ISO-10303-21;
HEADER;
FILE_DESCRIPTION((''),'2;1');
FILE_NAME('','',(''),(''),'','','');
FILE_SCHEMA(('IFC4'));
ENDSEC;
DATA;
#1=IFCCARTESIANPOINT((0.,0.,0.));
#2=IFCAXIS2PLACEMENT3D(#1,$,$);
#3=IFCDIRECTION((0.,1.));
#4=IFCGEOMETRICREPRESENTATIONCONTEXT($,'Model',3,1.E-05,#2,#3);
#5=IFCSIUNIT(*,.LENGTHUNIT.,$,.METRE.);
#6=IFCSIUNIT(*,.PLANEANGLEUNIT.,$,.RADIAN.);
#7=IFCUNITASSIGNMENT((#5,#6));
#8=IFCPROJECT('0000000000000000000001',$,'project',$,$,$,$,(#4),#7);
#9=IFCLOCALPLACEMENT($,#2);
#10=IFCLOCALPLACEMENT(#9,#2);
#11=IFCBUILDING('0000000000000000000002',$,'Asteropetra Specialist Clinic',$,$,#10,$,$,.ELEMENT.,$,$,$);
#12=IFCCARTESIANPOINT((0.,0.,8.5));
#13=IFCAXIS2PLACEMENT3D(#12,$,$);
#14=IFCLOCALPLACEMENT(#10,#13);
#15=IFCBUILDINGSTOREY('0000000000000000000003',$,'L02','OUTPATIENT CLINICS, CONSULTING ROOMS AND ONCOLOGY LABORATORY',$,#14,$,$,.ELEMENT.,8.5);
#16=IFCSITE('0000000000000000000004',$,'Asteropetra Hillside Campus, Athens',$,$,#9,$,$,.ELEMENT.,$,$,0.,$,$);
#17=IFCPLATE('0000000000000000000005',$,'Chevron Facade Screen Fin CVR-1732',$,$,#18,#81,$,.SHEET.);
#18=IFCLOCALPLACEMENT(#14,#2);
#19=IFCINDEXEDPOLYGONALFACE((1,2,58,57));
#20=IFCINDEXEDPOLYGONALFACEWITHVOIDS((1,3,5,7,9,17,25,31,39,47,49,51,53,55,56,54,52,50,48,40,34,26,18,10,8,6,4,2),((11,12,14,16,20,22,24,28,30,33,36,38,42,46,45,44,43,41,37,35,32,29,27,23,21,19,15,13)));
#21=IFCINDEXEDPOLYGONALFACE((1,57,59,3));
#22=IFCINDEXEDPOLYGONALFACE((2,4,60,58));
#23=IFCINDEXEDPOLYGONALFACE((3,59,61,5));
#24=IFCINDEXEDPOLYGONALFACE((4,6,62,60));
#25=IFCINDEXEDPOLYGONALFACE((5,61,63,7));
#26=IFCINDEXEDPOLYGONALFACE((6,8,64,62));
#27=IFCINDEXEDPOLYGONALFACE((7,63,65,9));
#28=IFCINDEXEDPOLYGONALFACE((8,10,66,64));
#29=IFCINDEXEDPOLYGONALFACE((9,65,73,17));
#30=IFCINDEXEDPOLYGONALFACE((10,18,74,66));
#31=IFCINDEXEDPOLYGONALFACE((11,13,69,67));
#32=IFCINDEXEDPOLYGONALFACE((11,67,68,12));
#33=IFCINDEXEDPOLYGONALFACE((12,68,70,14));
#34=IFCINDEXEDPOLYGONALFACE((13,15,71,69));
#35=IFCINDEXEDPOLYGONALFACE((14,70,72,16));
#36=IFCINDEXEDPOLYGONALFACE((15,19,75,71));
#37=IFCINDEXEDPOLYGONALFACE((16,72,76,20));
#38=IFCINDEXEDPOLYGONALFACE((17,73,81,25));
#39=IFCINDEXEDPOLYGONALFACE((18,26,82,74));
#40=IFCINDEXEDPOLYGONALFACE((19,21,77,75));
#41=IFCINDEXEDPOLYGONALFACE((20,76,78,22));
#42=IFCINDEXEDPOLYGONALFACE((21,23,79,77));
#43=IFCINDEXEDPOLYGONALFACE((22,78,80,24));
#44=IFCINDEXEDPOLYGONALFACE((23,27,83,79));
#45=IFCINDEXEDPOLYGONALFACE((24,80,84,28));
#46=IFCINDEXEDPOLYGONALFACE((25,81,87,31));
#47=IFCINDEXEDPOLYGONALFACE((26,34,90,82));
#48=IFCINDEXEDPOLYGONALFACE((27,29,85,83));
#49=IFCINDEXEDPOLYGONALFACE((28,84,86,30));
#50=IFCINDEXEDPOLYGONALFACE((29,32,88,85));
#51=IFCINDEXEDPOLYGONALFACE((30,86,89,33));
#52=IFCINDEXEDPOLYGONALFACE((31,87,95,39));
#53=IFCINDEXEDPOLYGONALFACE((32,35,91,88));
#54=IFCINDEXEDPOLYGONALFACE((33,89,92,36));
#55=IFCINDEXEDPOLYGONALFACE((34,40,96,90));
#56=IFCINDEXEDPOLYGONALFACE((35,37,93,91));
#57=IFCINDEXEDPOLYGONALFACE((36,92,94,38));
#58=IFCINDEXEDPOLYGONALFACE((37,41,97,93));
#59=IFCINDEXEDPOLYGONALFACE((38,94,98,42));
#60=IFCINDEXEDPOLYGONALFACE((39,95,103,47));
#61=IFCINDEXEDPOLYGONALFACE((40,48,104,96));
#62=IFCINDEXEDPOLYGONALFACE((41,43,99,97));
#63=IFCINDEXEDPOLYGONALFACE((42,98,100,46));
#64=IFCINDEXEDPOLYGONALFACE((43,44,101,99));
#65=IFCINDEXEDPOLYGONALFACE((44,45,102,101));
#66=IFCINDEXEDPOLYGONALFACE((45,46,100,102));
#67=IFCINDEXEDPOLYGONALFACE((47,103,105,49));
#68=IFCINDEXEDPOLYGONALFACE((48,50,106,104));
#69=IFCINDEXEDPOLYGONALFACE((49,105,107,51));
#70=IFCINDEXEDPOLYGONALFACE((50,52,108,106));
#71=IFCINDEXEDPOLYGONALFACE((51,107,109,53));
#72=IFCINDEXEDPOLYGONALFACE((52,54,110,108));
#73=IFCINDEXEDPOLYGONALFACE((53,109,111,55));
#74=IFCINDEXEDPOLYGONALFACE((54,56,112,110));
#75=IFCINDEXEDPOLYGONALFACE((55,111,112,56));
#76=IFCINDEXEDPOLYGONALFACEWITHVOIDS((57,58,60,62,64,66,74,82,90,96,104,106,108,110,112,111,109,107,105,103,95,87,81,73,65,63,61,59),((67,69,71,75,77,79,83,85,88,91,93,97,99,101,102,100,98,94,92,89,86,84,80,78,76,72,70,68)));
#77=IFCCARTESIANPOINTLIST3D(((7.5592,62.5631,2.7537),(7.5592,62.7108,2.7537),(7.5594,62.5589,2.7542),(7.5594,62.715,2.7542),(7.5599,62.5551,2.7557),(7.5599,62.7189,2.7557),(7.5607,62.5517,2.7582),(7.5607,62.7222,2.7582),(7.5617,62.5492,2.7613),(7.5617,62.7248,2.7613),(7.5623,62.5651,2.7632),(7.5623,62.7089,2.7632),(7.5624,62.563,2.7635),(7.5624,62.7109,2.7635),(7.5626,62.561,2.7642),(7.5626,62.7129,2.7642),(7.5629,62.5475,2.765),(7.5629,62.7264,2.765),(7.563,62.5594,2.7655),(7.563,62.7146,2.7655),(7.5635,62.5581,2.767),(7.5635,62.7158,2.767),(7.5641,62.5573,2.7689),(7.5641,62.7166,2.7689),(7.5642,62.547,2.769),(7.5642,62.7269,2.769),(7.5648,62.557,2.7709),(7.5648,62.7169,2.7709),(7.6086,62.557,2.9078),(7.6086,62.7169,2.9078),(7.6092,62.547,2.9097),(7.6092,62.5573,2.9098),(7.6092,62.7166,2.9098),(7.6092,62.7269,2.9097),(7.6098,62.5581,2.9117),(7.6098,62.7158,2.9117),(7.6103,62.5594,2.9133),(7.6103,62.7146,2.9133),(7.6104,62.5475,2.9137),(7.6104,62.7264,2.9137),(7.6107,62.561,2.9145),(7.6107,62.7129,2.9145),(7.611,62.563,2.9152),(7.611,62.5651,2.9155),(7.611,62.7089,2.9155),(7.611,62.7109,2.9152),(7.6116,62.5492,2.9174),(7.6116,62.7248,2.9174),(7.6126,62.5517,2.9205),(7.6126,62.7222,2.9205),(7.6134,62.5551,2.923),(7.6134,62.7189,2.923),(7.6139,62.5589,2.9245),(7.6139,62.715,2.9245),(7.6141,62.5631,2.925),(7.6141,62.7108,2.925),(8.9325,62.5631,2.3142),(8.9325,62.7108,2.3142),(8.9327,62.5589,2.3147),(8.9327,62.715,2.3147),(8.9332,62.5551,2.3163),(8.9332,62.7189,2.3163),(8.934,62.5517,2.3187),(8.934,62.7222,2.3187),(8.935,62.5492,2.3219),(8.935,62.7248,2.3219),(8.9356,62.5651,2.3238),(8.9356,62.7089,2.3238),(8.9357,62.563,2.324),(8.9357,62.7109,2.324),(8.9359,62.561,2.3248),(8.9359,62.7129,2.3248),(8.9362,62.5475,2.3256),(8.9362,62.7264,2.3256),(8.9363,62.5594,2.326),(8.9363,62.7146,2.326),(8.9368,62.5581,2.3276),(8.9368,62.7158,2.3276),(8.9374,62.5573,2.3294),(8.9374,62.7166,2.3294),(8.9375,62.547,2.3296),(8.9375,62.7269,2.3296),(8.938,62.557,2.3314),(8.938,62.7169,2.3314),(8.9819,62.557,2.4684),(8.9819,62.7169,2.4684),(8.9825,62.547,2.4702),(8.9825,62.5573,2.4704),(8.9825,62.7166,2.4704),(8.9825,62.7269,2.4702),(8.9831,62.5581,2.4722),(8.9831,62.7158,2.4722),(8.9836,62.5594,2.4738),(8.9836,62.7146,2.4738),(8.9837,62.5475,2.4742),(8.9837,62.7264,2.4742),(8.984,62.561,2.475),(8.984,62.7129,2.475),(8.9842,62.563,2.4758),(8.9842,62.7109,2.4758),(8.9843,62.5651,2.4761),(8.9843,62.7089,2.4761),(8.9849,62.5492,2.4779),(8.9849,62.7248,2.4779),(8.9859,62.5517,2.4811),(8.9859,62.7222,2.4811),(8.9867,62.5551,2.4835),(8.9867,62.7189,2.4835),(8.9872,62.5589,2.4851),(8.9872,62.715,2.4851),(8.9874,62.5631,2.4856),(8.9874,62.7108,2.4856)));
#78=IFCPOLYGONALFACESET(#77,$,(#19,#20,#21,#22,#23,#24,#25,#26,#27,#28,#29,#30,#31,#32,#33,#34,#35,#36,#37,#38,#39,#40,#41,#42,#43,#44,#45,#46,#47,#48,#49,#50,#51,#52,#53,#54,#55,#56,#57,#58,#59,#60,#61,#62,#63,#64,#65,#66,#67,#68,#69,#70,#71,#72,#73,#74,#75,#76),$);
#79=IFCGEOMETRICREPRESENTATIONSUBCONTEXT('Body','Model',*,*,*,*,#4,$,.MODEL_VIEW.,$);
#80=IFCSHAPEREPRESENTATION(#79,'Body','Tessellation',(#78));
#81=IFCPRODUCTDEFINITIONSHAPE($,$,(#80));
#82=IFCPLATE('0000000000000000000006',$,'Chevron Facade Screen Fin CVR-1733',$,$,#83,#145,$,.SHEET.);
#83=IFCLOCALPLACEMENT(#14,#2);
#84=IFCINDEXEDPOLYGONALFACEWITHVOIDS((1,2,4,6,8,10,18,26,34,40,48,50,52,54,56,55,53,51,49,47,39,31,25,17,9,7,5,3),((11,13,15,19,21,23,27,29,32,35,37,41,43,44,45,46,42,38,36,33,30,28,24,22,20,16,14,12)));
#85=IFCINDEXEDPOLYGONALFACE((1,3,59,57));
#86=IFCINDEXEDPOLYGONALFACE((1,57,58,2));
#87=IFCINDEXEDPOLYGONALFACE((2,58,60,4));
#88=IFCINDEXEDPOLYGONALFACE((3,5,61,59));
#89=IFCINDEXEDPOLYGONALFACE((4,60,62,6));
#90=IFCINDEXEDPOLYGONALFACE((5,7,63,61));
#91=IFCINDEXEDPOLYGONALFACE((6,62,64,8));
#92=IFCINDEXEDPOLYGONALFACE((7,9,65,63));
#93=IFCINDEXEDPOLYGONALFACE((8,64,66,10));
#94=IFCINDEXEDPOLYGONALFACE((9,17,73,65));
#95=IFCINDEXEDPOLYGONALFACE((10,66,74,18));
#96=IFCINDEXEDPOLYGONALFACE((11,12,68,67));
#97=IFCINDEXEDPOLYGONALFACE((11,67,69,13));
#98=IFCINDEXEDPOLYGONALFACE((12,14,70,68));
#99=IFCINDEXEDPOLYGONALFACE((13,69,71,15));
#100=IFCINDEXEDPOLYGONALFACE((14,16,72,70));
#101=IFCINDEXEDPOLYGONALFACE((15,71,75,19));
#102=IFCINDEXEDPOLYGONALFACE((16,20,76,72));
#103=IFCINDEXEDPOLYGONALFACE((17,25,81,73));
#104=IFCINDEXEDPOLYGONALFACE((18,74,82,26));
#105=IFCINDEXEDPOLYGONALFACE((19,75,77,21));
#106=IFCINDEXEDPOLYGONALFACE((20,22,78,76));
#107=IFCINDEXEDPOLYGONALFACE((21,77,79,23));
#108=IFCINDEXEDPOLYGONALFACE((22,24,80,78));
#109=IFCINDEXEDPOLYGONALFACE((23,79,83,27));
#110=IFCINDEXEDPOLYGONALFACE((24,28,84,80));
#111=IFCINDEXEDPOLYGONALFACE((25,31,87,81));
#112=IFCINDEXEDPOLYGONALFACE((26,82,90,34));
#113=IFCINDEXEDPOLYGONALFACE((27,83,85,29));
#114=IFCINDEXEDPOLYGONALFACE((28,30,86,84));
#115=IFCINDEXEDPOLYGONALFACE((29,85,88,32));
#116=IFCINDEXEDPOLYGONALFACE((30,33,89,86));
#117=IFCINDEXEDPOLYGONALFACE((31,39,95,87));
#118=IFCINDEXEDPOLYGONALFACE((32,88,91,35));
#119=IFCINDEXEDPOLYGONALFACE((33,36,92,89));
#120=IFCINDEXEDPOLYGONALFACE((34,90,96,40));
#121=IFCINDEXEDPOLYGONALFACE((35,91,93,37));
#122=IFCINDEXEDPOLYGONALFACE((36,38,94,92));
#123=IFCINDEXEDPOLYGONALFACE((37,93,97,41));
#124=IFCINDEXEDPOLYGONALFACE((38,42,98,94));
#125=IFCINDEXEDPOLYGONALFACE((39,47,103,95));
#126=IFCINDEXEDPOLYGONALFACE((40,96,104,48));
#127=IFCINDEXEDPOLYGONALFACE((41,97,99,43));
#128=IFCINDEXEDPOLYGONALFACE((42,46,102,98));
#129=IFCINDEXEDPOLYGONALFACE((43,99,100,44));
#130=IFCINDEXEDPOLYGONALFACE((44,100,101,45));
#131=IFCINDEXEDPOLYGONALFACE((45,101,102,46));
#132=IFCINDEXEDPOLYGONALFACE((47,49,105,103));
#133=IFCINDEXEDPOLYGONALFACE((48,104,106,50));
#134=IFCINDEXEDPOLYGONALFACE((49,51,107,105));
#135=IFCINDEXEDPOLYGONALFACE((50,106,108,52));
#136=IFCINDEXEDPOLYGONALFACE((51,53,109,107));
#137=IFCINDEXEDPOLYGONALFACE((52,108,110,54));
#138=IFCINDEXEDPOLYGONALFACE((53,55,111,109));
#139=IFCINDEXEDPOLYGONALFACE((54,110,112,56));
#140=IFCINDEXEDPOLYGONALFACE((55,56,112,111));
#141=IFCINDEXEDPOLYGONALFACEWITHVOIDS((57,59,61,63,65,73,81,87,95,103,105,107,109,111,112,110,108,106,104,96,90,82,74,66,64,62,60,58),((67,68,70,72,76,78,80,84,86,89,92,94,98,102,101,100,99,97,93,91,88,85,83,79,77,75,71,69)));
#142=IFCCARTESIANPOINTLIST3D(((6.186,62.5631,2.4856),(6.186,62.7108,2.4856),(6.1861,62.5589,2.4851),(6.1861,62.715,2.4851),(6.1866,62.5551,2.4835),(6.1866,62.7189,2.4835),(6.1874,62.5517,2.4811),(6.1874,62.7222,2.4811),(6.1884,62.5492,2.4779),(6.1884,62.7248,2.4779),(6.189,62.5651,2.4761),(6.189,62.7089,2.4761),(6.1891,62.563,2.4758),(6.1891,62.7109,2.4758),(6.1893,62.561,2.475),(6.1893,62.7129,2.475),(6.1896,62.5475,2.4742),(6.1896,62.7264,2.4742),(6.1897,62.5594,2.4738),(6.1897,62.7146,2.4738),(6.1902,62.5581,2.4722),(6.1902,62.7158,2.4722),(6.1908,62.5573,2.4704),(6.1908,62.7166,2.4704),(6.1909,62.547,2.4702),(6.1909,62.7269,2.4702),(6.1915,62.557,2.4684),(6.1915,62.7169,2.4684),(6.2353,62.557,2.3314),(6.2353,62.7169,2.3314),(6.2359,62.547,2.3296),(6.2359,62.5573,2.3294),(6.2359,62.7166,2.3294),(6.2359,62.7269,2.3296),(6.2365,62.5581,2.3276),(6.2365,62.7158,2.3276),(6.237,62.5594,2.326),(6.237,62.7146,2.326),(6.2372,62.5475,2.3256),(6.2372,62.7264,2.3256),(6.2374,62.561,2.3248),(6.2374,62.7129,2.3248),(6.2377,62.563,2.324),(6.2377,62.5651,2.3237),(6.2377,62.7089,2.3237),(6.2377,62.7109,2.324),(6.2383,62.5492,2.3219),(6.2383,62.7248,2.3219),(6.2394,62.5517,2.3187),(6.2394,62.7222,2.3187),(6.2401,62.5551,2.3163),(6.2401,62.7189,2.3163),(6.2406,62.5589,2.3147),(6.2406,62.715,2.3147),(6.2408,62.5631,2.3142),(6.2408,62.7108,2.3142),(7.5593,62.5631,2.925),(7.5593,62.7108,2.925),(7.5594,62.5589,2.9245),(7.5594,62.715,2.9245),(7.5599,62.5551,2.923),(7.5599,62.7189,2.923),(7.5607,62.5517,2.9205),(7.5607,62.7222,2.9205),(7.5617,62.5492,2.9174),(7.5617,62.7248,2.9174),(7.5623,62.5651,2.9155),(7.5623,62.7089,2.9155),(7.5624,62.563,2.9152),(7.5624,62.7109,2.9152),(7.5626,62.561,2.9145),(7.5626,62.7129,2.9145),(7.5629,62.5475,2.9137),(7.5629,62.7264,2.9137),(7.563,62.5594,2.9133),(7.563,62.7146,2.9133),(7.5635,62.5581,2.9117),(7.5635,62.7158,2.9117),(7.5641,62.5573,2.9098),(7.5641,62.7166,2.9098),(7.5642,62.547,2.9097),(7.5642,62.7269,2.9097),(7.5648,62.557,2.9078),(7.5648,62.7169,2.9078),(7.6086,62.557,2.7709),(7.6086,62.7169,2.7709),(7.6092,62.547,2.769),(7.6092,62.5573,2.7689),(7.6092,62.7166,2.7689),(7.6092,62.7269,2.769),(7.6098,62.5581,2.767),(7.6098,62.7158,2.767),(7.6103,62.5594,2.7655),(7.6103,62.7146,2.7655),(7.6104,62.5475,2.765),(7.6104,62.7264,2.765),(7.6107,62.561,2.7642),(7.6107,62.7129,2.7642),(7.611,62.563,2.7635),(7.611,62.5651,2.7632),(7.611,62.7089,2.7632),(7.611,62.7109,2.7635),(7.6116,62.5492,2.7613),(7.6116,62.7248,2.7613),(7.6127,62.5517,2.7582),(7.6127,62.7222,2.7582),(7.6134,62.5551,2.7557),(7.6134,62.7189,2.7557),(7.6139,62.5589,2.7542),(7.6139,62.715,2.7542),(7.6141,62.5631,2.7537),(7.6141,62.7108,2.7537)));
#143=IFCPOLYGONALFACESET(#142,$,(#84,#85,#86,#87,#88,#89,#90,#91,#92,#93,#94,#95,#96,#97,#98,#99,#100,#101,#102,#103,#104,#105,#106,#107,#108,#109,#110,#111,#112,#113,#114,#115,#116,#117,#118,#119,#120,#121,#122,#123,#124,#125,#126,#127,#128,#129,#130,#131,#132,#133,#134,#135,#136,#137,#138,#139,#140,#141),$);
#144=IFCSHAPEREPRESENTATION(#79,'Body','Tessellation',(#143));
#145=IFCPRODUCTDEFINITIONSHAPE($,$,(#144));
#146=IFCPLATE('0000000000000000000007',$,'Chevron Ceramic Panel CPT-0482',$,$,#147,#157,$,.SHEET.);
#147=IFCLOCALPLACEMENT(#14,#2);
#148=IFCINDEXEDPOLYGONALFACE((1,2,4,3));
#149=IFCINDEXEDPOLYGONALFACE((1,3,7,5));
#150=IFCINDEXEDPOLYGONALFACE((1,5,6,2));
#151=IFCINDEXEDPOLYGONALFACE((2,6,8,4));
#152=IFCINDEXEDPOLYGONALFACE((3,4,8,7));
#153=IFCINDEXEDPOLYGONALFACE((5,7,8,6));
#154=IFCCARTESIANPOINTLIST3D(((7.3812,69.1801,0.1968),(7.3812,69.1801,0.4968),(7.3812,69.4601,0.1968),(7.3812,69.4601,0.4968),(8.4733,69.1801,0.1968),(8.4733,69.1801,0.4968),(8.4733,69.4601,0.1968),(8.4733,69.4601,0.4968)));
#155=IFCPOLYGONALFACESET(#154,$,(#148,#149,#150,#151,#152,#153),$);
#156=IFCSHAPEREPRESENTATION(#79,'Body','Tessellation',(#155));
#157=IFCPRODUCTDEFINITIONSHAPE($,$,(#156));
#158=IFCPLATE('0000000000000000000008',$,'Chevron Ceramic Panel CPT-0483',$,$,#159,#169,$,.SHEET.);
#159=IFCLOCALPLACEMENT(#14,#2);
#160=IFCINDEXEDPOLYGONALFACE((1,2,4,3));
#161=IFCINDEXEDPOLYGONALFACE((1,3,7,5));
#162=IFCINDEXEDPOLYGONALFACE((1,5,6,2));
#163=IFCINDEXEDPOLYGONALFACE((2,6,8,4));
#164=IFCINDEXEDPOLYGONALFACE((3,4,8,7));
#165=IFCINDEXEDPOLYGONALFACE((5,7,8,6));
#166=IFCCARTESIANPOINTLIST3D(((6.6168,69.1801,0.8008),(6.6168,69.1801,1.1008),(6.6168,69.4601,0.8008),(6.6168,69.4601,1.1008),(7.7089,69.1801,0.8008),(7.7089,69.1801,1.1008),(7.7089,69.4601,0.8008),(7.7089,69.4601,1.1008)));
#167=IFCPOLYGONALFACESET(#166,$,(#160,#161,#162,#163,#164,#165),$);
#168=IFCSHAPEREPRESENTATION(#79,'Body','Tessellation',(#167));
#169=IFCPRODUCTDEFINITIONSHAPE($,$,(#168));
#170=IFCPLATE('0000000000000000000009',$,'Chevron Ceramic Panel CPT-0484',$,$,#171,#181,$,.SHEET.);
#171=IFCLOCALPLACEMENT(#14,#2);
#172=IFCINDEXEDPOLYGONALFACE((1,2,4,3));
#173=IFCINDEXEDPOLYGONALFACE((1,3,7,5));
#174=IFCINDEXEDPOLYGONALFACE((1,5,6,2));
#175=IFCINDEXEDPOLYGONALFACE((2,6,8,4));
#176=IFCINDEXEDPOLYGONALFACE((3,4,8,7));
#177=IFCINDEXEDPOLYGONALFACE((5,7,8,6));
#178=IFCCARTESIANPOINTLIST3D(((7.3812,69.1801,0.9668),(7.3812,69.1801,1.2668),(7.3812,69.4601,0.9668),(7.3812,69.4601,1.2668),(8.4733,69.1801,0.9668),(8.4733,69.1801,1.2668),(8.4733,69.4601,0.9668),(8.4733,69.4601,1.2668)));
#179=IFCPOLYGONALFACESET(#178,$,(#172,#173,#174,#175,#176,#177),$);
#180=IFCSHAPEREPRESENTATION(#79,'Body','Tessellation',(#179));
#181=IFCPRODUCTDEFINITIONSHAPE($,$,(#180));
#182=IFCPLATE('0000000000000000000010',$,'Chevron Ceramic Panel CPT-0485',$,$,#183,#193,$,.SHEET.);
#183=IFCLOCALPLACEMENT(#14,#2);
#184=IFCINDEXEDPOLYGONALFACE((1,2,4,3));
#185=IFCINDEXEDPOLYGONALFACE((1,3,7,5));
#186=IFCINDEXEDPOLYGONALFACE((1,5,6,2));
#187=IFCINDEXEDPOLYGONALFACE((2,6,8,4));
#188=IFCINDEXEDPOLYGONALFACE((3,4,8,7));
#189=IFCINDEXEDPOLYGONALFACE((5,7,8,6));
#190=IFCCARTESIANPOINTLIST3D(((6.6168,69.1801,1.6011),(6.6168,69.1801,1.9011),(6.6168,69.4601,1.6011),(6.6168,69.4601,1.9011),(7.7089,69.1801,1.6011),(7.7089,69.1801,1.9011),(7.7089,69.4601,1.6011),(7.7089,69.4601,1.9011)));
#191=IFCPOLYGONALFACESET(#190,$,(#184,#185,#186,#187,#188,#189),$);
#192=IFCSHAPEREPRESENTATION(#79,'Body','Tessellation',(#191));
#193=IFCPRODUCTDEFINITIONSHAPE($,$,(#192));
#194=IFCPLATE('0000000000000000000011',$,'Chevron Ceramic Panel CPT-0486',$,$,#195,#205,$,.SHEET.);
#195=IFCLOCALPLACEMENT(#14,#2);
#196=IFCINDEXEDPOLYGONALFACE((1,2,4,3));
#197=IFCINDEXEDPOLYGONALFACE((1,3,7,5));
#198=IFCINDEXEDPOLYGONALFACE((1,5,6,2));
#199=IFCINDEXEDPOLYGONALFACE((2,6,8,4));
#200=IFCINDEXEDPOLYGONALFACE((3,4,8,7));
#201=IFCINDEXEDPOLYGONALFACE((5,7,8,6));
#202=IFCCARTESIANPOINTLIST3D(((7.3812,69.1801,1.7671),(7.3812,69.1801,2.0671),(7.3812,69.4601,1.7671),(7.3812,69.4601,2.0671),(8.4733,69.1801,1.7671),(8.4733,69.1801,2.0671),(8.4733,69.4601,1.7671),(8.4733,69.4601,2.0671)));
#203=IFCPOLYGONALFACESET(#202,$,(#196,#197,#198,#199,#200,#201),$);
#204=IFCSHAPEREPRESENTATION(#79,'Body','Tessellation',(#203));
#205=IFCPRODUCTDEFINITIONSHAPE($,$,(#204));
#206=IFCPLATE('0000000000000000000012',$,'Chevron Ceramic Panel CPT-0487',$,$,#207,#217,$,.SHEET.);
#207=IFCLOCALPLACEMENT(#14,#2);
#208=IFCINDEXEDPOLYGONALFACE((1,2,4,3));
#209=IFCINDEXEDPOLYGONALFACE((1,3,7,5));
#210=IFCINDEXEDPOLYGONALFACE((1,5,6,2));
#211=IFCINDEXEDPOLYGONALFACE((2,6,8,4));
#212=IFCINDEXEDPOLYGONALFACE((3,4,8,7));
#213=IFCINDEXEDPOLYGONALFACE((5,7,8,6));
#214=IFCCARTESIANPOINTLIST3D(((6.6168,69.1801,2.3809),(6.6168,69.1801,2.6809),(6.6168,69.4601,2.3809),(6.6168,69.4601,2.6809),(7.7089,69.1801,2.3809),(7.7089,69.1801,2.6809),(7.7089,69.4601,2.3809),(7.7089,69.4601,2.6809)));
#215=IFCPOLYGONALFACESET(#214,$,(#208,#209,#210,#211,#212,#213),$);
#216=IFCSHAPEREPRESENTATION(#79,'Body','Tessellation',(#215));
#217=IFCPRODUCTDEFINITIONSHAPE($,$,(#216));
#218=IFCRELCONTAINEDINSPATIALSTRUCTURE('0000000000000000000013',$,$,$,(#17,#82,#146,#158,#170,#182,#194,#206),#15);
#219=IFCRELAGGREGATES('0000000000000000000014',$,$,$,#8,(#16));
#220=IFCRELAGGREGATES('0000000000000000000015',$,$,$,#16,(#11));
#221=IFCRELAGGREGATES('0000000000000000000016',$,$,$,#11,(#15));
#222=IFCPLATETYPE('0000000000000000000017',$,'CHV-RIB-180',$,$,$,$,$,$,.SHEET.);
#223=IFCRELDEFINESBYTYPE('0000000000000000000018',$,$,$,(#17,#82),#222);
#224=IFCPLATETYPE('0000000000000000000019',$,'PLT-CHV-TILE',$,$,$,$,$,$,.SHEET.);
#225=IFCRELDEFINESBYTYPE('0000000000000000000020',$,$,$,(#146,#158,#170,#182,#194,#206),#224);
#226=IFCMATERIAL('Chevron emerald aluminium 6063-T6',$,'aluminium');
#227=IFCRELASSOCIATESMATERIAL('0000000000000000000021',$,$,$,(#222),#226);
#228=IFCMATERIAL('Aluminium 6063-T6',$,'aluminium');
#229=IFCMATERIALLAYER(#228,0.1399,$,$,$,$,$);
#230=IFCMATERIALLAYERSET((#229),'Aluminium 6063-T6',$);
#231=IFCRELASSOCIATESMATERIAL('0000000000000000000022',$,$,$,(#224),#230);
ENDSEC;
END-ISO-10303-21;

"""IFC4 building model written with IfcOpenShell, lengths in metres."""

from ifc_helpers import new_model, si_unit, direction, frame, origin, origin_2d, place, context, subcontext, project, spatial, rectangle, hollow_rectangle, extrude, material, layer, layer_set, material_profile, profile_set, type_object, element, save


model = new_model("IFC4")

# Units and contexts
model_context = context("Model", 3, precision=1e-05, world=origin(), true_north=direction((0.0, 1.0)))
body_context = subcontext(model_context, "Body", "Model", "MODEL_VIEW")
ifc_project = project(units=[si_unit("LENGTHUNIT", "METRE"), si_unit("PLANEANGLEUNIT", "RADIAN")], contexts=[model_context])

# Site, building, storey
site_placement = place(None, origin())
site = spatial("IfcSite", under=ifc_project, at=site_placement, Name="Asteropetra Hillside Campus, Athens", CompositionType="ELEMENT", RefElevation=0.0)
building_placement = place(site_placement, origin())
building = spatial("IfcBuilding", under=site, at=building_placement, Name="Asteropetra Specialist Clinic", CompositionType="ELEMENT")
storey_placement = place(building_placement, frame((0.0, 0.0, 8.5)))
storey = spatial("IfcBuildingStorey", under=building, at=storey_placement, Name="L02", Description="OUTPATIENT CLINICS, CONSULTING ROOMS AND ONCOLOGY LABORATORY", CompositionType="ELEMENT", Elevation=8.5)

# Plates
ifc_material_1 = material(Name="Chevron emerald aluminium 6063-T6", Category="aluminium")
ifc_material_profile_1 = material_profile(ifc_material_1, hollow_rectangle(XDim=0.1799, YDim=0.1799, WallThickness=0.01, InnerFilletRadius=0.0081, OuterFilletRadius=0.0161, at=origin_2d()), Name="SHS 180x180x10.0")
ifc_profile_set_1 = profile_set([ifc_material_profile_1], Name="Chevron emerald aluminium 6063-T6")
plate_type_1 = type_object("IfcPlateType", Name="CHV-RIB-180", PredefinedType="SHEET", material=ifc_profile_set_1)
for number, where, z_axis, x_axis, name in (
    (1, (8.96, 62.637, 2.3999), (-0.952424, 0.0, 0.304776), (0.0, -1.0, 0.0), "Chevron Facade Screen Fin CVR-1732"),
    (2, (7.5867, 62.637, 2.8394), (-0.952424, 0.0, -0.304776), (0.0, -1.0, 0.0), "Chevron Facade Screen Fin CVR-1733"),
):
    element("IfcPlate", number, at=place(storey_placement, frame(where, z_axis=z_axis, x_axis=x_axis)), inside=storey, type_object=plate_type_1, Name=name, PredefinedType="SHEET", context=body_context, shape_type="SweptSolid", body=[
        extrude(hollow_rectangle(XDim=0.1799, YDim=0.1799, WallThickness=0.01, InnerFilletRadius=0.0081, OuterFilletRadius=0.0161, at=origin_2d()), origin(), (0.0, 0.0, 1.0), 1.4419),
    ])
ifc_material_2 = material(Name="Aluminium 6063-T6", Category="aluminium")
ifc_layer_1 = layer(ifc_material_2, 0.1399)
ifc_layer_set_1 = layer_set([ifc_layer_1], Name="Aluminium 6063-T6")
plate_type_2 = type_object("IfcPlateType", Name="PLT-CHV-TILE", PredefinedType="SHEET", material=ifc_layer_set_1)
for number, where, z_axis, x_axis, name in (
    (3, (7.9272, 69.3201, 0.1968), (0.0, 0.0, 1.0), (1.0, 0.0, 0.0), "Chevron Ceramic Panel CPT-0482"),
    (4, (7.1628, 69.3201, 0.8008), (0.0, 0.0, 1.0), (1.0, 0.0, 0.0), "Chevron Ceramic Panel CPT-0483"),
    (5, (7.9272, 69.3201, 0.9668), (0.0, 0.0, 1.0), (1.0, 0.0, 0.0), "Chevron Ceramic Panel CPT-0484"),
    (6, (7.1628, 69.3201, 1.6011), (0.0, 0.0, 1.0), (1.0, 0.0, 0.0), "Chevron Ceramic Panel CPT-0485"),
    (7, (7.9272, 69.3201, 1.7671), (0.0, 0.0, 1.0), (1.0, 0.0, 0.0), "Chevron Ceramic Panel CPT-0486"),
    (8, (7.1628, 69.3201, 2.3809), (0.0, 0.0, 1.0), (1.0, 0.0, 0.0), "Chevron Ceramic Panel CPT-0487"),
):
    element("IfcPlate", number, at=place(storey_placement, frame(where, z_axis=z_axis, x_axis=x_axis)), inside=storey, type_object=plate_type_2, Name=name, PredefinedType="SHEET", context=body_context, shape_type="SweptSolid", body=[
        extrude(rectangle(XDim=1.092, YDim=0.28, at=origin_2d()), origin(), (0.0, 0.0, 1.0), 0.3),
    ])

save(model, "model.ifc")
